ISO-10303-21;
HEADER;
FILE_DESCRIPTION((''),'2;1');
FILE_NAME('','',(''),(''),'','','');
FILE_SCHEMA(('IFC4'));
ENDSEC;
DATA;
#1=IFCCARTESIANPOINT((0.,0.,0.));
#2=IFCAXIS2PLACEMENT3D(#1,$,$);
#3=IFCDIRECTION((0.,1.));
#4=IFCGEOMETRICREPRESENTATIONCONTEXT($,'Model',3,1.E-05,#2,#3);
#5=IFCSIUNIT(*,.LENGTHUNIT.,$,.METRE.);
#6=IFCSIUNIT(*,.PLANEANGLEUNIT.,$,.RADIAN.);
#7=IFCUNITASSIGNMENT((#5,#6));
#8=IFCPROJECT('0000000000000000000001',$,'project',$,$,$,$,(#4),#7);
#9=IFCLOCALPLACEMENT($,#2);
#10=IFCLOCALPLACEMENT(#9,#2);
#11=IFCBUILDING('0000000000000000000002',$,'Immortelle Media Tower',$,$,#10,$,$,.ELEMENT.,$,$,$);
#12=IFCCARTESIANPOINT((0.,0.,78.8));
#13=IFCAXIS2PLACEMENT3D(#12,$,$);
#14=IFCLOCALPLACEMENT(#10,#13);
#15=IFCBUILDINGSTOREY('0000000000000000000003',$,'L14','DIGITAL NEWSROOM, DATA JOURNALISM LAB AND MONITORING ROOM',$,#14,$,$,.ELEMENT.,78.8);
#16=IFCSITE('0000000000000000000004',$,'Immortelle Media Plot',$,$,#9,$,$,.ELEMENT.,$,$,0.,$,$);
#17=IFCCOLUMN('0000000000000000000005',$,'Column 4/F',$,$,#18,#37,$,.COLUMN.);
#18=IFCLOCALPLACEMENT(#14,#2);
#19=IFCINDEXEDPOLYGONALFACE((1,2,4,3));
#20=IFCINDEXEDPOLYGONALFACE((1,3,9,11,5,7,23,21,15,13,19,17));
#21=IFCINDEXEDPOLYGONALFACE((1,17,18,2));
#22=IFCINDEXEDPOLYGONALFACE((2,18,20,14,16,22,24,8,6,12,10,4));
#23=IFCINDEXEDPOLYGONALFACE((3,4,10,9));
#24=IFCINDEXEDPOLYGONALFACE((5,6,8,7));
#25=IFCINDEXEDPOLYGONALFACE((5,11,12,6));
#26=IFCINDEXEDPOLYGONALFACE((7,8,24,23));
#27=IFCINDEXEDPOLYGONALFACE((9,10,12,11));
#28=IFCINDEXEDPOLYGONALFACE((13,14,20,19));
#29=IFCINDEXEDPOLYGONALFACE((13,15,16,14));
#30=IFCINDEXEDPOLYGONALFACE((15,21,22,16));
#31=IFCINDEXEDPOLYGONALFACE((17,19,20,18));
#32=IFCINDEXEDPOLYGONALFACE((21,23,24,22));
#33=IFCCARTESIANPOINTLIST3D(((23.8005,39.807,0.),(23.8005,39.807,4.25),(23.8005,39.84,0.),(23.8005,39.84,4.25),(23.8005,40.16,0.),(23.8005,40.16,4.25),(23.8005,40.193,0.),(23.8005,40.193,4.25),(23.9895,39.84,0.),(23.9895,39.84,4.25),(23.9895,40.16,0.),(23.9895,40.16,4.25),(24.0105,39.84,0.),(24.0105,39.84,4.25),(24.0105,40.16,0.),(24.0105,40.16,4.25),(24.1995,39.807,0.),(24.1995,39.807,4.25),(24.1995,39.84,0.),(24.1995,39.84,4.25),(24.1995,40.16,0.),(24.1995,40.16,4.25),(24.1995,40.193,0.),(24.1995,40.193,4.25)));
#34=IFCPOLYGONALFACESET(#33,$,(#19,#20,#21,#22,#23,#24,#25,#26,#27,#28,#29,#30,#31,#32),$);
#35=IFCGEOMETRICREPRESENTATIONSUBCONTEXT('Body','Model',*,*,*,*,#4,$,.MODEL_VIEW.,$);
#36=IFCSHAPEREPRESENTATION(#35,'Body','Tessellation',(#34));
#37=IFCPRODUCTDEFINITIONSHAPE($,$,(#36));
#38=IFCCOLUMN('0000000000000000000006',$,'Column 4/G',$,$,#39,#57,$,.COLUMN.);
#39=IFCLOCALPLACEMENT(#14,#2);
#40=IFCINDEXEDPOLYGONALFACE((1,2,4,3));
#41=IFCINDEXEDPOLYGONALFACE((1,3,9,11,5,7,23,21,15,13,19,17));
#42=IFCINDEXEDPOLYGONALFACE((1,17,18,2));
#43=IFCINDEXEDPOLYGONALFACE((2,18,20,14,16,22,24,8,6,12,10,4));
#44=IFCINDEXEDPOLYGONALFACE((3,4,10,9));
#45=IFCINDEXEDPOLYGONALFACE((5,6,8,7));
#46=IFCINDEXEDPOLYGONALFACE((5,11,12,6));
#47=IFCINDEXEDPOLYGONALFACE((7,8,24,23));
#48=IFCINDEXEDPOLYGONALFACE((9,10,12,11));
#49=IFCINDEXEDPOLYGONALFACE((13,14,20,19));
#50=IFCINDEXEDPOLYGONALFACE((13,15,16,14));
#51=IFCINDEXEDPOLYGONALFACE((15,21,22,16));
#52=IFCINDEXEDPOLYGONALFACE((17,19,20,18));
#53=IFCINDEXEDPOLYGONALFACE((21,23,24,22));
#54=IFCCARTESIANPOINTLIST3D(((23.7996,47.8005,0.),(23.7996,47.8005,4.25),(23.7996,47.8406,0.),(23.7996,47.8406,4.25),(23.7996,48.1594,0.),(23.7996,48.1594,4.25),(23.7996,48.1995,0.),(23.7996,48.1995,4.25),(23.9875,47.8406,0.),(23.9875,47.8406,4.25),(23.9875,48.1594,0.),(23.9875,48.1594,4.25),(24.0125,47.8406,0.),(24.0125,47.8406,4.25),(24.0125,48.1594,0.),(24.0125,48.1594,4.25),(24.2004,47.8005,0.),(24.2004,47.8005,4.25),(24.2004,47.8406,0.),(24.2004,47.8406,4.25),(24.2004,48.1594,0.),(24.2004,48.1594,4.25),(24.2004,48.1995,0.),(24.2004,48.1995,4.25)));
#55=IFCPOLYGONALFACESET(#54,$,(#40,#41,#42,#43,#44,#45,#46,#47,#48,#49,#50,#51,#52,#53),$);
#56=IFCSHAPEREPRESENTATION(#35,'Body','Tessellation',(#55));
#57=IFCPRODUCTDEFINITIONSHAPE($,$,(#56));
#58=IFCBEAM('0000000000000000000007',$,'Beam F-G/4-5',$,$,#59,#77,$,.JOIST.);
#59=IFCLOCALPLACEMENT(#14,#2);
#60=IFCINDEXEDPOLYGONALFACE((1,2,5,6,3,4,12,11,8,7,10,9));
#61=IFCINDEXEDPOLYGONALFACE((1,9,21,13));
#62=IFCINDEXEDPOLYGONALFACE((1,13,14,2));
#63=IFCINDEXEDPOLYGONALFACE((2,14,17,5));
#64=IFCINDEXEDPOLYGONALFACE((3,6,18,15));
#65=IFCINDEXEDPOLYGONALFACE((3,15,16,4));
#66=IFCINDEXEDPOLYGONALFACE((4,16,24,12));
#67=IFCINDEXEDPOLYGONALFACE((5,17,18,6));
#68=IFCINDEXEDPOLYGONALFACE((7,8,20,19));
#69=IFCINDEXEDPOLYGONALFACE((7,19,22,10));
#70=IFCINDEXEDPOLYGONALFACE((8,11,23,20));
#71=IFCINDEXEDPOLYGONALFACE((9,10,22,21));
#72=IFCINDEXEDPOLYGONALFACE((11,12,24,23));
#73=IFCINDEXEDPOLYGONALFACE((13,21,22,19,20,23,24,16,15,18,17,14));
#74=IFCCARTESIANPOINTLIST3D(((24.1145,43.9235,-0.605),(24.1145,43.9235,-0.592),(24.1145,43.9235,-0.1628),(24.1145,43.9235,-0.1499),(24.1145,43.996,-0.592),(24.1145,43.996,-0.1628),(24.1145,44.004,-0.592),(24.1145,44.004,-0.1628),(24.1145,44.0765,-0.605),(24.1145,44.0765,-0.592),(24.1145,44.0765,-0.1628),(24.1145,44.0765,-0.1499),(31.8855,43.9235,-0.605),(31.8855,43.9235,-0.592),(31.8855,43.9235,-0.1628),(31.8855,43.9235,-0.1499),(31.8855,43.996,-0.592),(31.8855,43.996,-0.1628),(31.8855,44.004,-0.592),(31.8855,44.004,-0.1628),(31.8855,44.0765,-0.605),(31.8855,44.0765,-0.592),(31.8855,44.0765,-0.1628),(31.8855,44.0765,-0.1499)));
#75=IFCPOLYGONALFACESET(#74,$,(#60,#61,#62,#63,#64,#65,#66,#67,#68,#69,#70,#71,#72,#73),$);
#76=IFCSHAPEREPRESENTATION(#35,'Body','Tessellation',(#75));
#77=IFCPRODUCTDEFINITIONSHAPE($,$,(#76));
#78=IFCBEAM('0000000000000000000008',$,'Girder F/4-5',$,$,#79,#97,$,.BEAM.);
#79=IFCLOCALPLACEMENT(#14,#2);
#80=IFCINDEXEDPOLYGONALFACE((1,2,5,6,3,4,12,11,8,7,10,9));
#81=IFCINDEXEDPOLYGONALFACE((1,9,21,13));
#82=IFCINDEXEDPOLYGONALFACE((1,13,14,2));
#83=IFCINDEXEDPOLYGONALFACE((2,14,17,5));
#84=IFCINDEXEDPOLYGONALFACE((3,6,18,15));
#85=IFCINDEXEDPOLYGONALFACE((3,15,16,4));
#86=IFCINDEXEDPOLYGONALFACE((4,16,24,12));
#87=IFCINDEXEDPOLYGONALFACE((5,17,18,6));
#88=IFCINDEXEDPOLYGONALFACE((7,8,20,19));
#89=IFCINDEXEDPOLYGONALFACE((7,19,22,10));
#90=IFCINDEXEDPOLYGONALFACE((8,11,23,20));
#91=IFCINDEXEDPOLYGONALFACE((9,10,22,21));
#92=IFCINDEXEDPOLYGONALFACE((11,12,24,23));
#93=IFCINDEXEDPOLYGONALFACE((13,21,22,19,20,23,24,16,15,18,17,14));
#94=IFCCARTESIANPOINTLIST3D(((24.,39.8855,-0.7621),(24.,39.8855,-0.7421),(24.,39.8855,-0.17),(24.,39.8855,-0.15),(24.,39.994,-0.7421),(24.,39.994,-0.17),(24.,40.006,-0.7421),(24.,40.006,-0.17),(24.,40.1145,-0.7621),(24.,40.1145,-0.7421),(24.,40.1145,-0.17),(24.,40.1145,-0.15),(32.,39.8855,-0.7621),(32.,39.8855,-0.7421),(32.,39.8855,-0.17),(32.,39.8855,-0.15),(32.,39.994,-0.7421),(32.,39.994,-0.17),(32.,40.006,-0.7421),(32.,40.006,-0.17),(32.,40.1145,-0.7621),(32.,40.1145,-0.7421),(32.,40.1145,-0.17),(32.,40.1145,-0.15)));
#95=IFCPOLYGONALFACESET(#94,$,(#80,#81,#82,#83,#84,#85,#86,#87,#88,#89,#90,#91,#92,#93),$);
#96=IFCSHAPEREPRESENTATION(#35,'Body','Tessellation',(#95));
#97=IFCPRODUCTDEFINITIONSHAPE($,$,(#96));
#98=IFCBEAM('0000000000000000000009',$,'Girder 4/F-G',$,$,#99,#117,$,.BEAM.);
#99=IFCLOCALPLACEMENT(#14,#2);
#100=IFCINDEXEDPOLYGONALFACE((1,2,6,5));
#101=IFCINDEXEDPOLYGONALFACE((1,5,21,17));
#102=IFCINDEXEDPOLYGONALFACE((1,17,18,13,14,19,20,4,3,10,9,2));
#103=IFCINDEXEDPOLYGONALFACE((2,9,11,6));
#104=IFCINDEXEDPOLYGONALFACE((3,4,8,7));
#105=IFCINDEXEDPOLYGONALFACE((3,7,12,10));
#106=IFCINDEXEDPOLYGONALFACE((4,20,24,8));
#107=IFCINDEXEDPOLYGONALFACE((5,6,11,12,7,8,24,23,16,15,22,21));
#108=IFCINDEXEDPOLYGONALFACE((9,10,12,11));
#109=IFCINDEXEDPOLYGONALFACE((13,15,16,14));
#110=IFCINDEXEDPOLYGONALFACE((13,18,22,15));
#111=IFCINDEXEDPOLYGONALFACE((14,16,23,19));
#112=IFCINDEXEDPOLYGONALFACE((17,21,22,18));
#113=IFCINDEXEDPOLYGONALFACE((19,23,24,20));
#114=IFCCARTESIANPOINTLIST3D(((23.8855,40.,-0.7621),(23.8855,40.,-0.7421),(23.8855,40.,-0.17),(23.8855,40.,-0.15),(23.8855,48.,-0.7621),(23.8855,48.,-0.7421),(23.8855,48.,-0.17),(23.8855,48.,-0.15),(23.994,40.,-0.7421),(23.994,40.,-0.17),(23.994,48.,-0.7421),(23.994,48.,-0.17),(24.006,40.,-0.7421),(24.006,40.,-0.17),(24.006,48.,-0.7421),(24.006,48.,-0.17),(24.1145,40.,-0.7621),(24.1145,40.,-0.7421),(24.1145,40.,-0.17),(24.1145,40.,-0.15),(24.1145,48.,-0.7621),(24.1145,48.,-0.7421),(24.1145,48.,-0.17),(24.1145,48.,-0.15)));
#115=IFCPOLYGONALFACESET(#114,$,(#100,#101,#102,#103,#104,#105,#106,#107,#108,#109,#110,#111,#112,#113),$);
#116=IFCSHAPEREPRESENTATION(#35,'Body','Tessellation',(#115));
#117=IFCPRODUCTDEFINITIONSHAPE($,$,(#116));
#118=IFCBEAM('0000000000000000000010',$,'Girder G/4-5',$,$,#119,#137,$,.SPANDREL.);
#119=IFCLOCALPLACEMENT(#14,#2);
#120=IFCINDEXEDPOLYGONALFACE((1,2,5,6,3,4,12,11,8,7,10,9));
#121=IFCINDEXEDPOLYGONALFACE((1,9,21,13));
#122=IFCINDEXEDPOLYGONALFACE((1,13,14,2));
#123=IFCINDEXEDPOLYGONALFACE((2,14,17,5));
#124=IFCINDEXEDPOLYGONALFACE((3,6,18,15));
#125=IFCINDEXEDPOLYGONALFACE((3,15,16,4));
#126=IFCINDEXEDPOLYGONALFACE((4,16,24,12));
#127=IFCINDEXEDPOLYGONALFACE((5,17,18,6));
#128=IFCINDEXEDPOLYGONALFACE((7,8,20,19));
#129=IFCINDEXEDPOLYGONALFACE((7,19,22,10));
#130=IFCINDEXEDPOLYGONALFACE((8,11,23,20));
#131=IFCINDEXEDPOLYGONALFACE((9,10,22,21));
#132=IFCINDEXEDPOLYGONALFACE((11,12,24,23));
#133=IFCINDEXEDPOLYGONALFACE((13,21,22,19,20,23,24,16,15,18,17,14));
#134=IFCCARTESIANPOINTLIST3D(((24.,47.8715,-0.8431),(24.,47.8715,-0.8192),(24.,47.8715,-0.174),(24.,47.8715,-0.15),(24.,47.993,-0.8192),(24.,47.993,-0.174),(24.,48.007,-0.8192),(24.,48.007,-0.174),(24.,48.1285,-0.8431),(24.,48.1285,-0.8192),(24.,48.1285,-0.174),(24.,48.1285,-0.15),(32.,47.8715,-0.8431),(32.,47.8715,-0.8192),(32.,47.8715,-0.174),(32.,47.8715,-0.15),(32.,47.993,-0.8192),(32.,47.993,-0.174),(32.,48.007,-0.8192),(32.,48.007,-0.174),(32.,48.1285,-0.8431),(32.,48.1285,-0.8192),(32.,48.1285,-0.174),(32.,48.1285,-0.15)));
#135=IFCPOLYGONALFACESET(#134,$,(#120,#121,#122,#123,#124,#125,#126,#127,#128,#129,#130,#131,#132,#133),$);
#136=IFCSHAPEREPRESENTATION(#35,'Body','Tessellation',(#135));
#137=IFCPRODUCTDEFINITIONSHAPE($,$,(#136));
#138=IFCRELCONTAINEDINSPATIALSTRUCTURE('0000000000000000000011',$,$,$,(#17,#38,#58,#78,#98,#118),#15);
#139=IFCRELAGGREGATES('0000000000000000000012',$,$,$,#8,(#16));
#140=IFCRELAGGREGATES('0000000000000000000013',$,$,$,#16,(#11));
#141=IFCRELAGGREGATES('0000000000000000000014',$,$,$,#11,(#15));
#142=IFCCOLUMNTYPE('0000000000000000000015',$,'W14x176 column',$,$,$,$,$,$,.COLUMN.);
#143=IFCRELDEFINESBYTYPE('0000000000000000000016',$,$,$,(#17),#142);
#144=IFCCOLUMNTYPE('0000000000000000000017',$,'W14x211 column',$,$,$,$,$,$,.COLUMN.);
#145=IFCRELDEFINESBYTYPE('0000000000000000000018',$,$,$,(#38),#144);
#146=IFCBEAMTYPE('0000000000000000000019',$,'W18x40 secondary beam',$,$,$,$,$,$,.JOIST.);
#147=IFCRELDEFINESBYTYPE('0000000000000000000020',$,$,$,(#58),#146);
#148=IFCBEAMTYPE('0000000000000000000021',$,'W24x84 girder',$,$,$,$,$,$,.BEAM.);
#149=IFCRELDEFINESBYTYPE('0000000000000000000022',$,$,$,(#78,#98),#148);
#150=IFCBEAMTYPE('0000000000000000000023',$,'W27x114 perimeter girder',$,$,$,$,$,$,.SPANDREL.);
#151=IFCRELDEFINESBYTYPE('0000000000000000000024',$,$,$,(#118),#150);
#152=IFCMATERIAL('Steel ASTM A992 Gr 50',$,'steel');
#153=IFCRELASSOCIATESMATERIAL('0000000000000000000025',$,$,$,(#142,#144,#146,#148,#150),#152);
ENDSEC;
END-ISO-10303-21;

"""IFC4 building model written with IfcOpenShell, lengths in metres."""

from ifc_helpers import new_model, si_unit, direction, frame, origin, origin_2d, place, context, subcontext, project, spatial, i_section, extrude, material, material_profile, profile_set, type_object, element, save


model = new_model("IFC4")

# Units and contexts
model_context = context("Model", 3, precision=1e-05, world=origin(), true_north=direction((0.0, 1.0)))
body_context = subcontext(model_context, "Body", "Model", "MODEL_VIEW")
ifc_project = project(units=[si_unit("LENGTHUNIT", "METRE"), si_unit("PLANEANGLEUNIT", "RADIAN")], contexts=[model_context])

# Site, building, storey
site_placement = place(None, origin())
site = spatial("IfcSite", under=ifc_project, at=site_placement, Name="Immortelle Media Plot", CompositionType="ELEMENT", RefElevation=0.0)
building_placement = place(site_placement, origin())
building = spatial("IfcBuilding", under=site, at=building_placement, Name="Immortelle Media Tower", CompositionType="ELEMENT")
storey_placement = place(building_placement, frame((0.0, 0.0, 78.8)))
storey = spatial("IfcBuildingStorey", under=building, at=storey_placement, Name="L14", Description="DIGITAL NEWSROOM, DATA JOURNALISM LAB AND MONITORING ROOM", CompositionType="ELEMENT", Elevation=78.8)

# Columns
ifc_material_1 = material(Name="Steel ASTM A992 Gr 50", Category="steel")
ifc_material_profile_1 = material_profile(ifc_material_1, i_section(OverallWidth=0.3989, OverallDepth=0.386, WebThickness=0.021, FlangeThickness=0.033, at=origin_2d()), Name="W14x176")
ifc_profile_set_1 = profile_set([ifc_material_profile_1], Name="Steel ASTM A992 Gr 50")
column_type_1 = type_object("IfcColumnType", Name="W14x176 column", PredefinedType="COLUMN", material=ifc_profile_set_1)
column_1_placement = place(storey_placement, frame((24.0, 40.0, 0.0), z_axis=(0.0, 0.0, 1.0), x_axis=(1.0, 0.0, 0.0)))
element("IfcColumn", 1, at=column_1_placement, inside=storey, type_object=column_type_1, Name="Column 4/F", PredefinedType="COLUMN", context=body_context, shape_type="SweptSolid", body=[
    extrude(i_section(OverallWidth=0.3989, OverallDepth=0.386, WebThickness=0.021, FlangeThickness=0.033, at=origin_2d()), origin(), (0.0, 0.0, 1.0), 4.25),
])
ifc_material_profile_2 = material_profile(ifc_material_1, i_section(OverallWidth=0.4009, OverallDepth=0.3989, WebThickness=0.0249, FlangeThickness=0.04, at=origin_2d()), Name="W14x211")
ifc_profile_set_2 = profile_set([ifc_material_profile_2], Name="Steel ASTM A992 Gr 50")
column_type_2 = type_object("IfcColumnType", Name="W14x211 column", PredefinedType="COLUMN", material=ifc_profile_set_2)
column_2_placement = place(storey_placement, frame((24.0, 48.0, 0.0), z_axis=(0.0, 0.0, 1.0), x_axis=(1.0, 0.0, 0.0)))
element("IfcColumn", 2, at=column_2_placement, inside=storey, type_object=column_type_2, Name="Column 4/G", PredefinedType="COLUMN", context=body_context, shape_type="SweptSolid", body=[
    extrude(i_section(OverallWidth=0.4009, OverallDepth=0.3989, WebThickness=0.0249, FlangeThickness=0.04, at=origin_2d()), origin(), (0.0, 0.0, 1.0), 4.25),
])

# Beams
ifc_material_profile_3 = material_profile(ifc_material_1, i_section(OverallWidth=0.1531, OverallDepth=0.4551, WebThickness=0.0081, FlangeThickness=0.0129, at=origin_2d()), Name="W18x40")
ifc_profile_set_3 = profile_set([ifc_material_profile_3], Name="Steel ASTM A992 Gr 50")
beam_type_1 = type_object("IfcBeamType", Name="W18x40 secondary beam", PredefinedType="JOIST", material=ifc_profile_set_3)
beam_1_placement = place(storey_placement, frame((24.1145, 44.0, -0.3774), z_axis=(1.0, 0.0, 0.0), x_axis=(0.0, 1.0, 0.0)))
element("IfcBeam", 3, at=beam_1_placement, inside=storey, type_object=beam_type_1, Name="Beam F-G/4-5", PredefinedType="JOIST", context=body_context, shape_type="SweptSolid", body=[
    extrude(i_section(OverallWidth=0.1531, OverallDepth=0.4551, WebThickness=0.0081, FlangeThickness=0.0129, at=origin_2d()), origin(), (0.0, 0.0, 1.0), 7.771),
])
ifc_material_profile_4 = material_profile(ifc_material_1, i_section(OverallWidth=0.229, OverallDepth=0.6121, WebThickness=0.012, FlangeThickness=0.02, at=origin_2d()), Name="W24x84")
ifc_profile_set_4 = profile_set([ifc_material_profile_4], Name="Steel ASTM A992 Gr 50")
beam_type_2 = type_object("IfcBeamType", Name="W24x84 girder", PredefinedType="BEAM", material=ifc_profile_set_4)
for number, where, z_axis, x_axis, name in (
    (4, (24.0, 40.0, -0.4561), (1.0, 0.0, 0.0), (0.0, 1.0, 0.0), "Girder F/4-5"),
    (5, (24.0, 40.0, -0.4561), (0.0, 1.0, 0.0), (-1.0, 0.0, 0.0), "Girder 4/F-G"),
):
    element("IfcBeam", number, at=place(storey_placement, frame(where, z_axis=z_axis, x_axis=x_axis)), inside=storey, type_object=beam_type_2, Name=name, PredefinedType="BEAM", context=body_context, shape_type="SweptSolid", body=[
        extrude(i_section(OverallWidth=0.229, OverallDepth=0.6121, WebThickness=0.012, FlangeThickness=0.02, at=origin_2d()), origin(), (0.0, 0.0, 1.0), 8.0),
    ])
ifc_material_profile_5 = material_profile(ifc_material_1, i_section(OverallWidth=0.2571, OverallDepth=0.6931, WebThickness=0.0139, FlangeThickness=0.0239, at=origin_2d()), Name="W27x114")
ifc_profile_set_5 = profile_set([ifc_material_profile_5], Name="Steel ASTM A992 Gr 50")
beam_type_3 = type_object("IfcBeamType", Name="W27x114 perimeter girder", PredefinedType="SPANDREL", material=ifc_profile_set_5)
beam_2_placement = place(storey_placement, frame((24.0, 48.0, -0.4966), z_axis=(1.0, 0.0, 0.0), x_axis=(0.0, 1.0, 0.0)))
element("IfcBeam", 6, at=beam_2_placement, inside=storey, type_object=beam_type_3, Name="Girder G/4-5", PredefinedType="SPANDREL", context=body_context, shape_type="SweptSolid", body=[
    extrude(i_section(OverallWidth=0.2571, OverallDepth=0.6931, WebThickness=0.0139, FlangeThickness=0.0239, at=origin_2d()), origin(), (0.0, 0.0, 1.0), 8.0),
])

save(model, "model.ifc")
